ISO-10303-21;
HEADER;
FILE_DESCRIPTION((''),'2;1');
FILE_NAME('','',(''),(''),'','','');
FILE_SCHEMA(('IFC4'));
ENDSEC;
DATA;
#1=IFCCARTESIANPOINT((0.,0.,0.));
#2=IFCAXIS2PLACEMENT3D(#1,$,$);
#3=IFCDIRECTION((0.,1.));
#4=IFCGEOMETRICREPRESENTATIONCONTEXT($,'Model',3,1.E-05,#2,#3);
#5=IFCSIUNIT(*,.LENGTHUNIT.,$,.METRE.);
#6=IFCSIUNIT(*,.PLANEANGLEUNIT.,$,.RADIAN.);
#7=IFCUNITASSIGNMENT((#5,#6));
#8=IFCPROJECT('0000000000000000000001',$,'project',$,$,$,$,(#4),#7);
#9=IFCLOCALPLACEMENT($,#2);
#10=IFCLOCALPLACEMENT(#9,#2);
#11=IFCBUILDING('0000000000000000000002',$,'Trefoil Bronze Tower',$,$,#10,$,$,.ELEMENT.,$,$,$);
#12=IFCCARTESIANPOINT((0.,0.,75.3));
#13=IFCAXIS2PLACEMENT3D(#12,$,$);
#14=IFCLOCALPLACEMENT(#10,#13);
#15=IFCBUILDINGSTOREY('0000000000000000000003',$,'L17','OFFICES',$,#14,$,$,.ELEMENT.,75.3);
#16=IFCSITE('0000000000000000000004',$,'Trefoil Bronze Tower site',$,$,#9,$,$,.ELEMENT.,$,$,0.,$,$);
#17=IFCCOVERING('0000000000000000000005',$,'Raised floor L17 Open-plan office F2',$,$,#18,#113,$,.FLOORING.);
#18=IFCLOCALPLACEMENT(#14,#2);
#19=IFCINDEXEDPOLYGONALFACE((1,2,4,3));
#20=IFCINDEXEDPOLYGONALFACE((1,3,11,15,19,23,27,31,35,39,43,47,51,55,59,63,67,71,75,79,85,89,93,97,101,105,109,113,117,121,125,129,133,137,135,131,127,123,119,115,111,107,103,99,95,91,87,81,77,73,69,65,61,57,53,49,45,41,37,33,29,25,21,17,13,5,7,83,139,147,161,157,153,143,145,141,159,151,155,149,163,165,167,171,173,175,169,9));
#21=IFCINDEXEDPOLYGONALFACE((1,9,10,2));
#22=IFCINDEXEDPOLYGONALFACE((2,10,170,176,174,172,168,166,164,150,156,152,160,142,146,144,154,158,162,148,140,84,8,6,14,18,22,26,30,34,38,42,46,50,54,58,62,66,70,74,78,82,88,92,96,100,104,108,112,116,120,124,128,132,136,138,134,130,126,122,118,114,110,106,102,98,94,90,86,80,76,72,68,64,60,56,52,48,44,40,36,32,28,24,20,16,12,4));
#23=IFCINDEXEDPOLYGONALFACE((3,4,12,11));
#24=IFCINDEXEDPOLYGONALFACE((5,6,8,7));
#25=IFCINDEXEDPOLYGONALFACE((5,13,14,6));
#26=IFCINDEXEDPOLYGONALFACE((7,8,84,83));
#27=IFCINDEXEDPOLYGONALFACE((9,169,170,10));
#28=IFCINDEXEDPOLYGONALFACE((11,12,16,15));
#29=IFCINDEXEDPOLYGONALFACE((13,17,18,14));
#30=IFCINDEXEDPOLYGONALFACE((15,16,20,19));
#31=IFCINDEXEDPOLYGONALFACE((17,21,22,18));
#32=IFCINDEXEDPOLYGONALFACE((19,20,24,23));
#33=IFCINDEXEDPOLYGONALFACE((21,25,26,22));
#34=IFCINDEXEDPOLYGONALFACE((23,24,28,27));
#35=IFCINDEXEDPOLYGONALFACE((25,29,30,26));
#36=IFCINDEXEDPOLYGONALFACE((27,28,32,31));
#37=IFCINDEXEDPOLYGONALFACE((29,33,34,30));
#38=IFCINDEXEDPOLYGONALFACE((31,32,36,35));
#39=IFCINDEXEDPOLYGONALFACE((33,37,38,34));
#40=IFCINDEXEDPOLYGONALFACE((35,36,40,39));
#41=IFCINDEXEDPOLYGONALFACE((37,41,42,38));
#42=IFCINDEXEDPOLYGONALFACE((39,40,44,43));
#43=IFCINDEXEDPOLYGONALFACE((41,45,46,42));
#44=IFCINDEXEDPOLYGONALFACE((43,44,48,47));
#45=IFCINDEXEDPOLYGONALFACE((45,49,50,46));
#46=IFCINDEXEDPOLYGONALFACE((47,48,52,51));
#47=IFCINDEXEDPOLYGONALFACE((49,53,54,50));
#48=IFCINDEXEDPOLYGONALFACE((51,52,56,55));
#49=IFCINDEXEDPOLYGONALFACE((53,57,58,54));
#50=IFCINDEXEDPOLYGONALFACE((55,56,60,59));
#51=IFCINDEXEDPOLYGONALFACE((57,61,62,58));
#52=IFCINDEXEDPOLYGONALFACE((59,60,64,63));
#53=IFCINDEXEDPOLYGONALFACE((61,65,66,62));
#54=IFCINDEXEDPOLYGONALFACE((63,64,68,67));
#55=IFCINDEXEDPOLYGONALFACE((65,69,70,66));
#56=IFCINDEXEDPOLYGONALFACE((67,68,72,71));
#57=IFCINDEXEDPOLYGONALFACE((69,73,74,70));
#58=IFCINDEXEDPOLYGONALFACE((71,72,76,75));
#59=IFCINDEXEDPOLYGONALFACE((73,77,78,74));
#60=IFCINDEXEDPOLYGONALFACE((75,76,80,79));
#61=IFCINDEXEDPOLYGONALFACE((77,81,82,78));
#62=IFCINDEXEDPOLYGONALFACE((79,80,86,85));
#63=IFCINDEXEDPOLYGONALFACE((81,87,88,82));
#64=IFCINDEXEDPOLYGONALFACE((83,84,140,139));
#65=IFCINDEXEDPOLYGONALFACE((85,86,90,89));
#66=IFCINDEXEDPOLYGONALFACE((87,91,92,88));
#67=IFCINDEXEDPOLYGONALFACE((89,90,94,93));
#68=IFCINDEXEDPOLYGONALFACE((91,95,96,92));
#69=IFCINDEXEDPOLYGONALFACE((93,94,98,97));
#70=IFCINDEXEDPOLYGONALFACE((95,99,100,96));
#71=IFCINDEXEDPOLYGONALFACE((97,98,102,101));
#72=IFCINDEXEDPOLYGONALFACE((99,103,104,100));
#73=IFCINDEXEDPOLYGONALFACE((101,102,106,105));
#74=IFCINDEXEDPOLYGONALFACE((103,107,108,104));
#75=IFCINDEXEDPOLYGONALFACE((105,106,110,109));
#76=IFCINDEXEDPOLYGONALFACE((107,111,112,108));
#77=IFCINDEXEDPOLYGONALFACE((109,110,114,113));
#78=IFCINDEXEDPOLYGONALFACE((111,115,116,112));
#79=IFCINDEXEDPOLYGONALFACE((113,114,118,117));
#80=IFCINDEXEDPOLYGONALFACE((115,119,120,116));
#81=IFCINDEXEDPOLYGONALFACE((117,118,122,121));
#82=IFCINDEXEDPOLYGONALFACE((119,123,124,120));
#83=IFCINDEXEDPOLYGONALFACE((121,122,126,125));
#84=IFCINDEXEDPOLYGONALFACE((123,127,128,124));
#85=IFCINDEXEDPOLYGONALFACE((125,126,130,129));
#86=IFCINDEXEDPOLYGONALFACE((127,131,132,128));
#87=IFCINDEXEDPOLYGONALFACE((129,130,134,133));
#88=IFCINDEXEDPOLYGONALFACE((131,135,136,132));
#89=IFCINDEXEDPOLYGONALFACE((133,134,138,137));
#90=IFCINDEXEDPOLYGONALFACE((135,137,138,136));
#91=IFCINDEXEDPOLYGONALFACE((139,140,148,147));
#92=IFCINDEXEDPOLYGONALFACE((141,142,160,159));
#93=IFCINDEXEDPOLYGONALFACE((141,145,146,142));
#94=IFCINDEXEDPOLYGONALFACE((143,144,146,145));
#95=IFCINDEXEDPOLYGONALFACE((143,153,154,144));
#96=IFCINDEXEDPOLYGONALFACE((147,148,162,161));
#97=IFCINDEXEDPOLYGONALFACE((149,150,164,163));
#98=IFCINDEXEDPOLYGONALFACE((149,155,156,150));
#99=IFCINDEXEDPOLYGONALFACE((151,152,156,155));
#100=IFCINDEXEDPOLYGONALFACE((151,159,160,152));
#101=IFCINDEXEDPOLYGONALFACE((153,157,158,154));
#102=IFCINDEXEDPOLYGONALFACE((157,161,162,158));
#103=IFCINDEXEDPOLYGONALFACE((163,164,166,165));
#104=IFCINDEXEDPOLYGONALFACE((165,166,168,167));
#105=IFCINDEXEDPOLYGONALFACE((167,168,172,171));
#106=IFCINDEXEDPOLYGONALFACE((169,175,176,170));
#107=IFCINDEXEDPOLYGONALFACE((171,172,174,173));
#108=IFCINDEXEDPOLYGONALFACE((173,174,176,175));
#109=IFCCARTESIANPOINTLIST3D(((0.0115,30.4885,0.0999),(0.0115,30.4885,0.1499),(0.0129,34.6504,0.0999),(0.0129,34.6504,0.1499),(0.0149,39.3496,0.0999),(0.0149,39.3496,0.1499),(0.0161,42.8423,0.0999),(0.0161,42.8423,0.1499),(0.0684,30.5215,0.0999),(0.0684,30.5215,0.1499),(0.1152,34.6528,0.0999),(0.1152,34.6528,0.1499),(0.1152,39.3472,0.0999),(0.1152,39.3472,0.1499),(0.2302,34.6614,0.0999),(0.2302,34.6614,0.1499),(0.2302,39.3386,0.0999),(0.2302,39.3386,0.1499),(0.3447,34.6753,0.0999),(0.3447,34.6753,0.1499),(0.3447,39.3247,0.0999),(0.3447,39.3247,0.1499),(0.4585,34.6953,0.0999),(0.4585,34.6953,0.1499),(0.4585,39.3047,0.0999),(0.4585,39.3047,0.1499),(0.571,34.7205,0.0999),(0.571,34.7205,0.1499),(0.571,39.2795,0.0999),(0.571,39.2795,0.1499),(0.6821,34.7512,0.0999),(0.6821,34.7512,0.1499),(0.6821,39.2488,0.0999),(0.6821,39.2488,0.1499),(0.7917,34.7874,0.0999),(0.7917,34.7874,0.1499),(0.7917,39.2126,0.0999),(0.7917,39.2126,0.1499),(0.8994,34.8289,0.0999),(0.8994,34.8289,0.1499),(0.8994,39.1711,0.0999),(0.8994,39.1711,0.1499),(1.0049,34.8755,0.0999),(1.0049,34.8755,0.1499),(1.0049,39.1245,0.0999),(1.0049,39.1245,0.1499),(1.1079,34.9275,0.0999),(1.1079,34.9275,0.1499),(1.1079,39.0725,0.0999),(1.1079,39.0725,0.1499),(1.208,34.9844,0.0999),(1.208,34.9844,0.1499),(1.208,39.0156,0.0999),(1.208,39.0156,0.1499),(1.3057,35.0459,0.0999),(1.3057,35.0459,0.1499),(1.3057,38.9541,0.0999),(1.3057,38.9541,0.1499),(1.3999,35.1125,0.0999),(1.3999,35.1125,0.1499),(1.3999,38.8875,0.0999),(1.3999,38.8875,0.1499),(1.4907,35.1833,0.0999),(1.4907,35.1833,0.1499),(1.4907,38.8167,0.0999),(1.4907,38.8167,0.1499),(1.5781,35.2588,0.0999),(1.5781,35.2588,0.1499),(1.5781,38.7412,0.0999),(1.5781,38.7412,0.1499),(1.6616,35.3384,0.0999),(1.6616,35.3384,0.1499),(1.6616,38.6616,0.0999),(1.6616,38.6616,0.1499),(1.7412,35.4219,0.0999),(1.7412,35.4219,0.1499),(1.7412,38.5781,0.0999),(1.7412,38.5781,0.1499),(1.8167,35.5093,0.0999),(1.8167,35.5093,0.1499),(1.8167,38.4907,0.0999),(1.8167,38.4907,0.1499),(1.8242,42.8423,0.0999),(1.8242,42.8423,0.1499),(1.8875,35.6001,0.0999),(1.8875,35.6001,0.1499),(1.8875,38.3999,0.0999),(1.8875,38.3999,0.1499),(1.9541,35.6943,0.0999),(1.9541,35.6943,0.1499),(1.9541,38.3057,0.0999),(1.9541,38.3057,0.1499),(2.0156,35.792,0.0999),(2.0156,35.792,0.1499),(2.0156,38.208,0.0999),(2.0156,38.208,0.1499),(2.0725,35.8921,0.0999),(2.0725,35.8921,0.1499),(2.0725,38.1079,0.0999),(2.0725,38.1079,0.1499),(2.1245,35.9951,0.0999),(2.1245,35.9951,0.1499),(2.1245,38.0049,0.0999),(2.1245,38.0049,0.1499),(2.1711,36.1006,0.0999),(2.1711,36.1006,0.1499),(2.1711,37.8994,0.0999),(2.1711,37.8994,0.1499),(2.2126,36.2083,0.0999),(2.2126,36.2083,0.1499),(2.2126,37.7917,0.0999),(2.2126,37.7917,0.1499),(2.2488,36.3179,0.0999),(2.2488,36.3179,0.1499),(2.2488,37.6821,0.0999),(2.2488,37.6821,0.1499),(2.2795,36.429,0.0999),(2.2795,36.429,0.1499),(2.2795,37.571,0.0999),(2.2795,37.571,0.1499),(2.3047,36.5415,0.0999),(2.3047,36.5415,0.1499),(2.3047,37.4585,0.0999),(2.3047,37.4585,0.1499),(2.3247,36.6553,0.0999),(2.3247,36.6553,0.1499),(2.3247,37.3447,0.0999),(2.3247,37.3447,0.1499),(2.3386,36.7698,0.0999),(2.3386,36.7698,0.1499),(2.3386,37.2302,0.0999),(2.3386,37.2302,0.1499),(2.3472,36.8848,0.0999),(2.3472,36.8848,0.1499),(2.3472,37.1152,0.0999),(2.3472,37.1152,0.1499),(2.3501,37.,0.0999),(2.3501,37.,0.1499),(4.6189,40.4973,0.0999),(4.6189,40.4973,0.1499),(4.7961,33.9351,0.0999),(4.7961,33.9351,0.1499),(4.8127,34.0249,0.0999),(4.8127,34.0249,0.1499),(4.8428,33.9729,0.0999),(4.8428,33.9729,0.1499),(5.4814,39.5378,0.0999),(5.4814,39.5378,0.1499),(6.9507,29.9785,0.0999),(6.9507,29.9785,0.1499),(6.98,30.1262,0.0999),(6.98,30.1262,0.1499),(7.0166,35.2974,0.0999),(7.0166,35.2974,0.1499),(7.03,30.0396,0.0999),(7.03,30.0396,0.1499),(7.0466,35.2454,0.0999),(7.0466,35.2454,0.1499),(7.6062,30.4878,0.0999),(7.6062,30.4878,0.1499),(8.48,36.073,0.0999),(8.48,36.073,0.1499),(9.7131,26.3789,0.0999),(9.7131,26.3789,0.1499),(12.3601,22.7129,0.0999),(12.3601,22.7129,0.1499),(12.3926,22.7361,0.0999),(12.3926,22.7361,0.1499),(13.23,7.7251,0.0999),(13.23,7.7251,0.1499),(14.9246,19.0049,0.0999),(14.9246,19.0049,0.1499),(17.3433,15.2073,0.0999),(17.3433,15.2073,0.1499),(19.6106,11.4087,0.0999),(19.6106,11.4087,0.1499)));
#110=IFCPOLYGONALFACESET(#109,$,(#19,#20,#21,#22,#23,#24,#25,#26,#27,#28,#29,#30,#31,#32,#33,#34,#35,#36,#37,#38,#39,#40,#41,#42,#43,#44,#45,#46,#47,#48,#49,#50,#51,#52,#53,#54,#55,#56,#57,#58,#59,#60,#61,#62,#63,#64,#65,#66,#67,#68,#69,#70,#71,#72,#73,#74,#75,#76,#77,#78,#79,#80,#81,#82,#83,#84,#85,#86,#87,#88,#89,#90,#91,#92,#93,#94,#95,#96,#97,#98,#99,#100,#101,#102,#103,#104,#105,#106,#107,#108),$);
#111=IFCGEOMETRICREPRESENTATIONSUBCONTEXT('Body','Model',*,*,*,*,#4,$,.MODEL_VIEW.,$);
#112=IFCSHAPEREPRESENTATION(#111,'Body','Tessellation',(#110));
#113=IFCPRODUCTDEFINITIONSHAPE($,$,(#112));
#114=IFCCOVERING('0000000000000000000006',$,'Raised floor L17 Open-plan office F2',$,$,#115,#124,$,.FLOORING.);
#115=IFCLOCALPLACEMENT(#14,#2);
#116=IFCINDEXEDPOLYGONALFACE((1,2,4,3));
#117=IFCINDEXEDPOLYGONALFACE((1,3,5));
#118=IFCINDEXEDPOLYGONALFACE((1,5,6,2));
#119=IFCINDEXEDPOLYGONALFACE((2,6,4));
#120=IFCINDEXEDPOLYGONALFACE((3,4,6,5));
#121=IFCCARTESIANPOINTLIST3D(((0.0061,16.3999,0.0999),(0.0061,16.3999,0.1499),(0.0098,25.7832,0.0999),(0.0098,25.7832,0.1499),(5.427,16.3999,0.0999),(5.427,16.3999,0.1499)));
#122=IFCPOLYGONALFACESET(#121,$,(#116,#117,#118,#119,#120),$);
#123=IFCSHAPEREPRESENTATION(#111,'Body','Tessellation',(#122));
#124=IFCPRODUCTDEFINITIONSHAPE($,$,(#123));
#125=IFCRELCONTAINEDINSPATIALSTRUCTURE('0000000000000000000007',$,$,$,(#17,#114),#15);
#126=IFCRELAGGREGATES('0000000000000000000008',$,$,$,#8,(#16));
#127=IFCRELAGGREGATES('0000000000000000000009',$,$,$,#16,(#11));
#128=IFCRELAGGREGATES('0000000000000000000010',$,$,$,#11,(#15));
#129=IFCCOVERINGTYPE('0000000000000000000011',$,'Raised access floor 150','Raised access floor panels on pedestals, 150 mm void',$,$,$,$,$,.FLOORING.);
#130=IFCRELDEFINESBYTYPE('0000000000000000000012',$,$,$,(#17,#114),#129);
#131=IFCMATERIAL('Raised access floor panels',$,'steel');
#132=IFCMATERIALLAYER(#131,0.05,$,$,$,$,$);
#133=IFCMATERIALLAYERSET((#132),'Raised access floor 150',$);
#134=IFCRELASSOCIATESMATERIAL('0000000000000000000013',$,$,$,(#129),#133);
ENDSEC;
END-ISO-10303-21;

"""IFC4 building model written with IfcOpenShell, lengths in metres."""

from ifc_helpers import new_model, si_unit, direction, frame, origin, place, context, subcontext, project, spatial, polyline, outline, extrude, material, layer, layer_set, type_object, element, save


model = new_model("IFC4")

# Units and contexts
model_context = context("Model", 3, precision=1e-05, world=origin(), true_north=direction((0.0, 1.0)))
body_context = subcontext(model_context, "Body", "Model", "MODEL_VIEW")
ifc_project = project(units=[si_unit("LENGTHUNIT", "METRE"), si_unit("PLANEANGLEUNIT", "RADIAN")], contexts=[model_context])

# Site, building, storey
site_placement = place(None, origin())
site = spatial("IfcSite", under=ifc_project, at=site_placement, Name="Trefoil Bronze Tower site", CompositionType="ELEMENT", RefElevation=0.0)
building_placement = place(site_placement, origin())
building = spatial("IfcBuilding", under=site, at=building_placement, Name="Trefoil Bronze Tower", CompositionType="ELEMENT")
storey_placement = place(building_placement, frame((0.0, 0.0, 75.3)))
storey = spatial("IfcBuildingStorey", under=building, at=storey_placement, Name="L17", Description="OFFICES", CompositionType="ELEMENT", Elevation=75.3)

# Coverings
ifc_material_1 = material(Name="Raised access floor panels", Category="steel")
ifc_layer_1 = layer(ifc_material_1, 0.05)
ifc_layer_set_1 = layer_set([ifc_layer_1], Name="Raised access floor 150")
covering_type_1 = type_object("IfcCoveringType", Name="Raised access floor 150", Description="Raised access floor panels on pedestals, 150 mm void", PredefinedType="FLOORING", material=ifc_layer_set_1)
covering_1_placement = place(storey_placement, frame((0.0, 0.0, 0.0999)))
element("IfcCovering", 1, at=covering_1_placement, inside=storey, type_object=covering_type_1, Name="Raised floor L17 Open-plan office F2", PredefinedType="FLOORING", context=body_context, shape_type="SweptSolid", body=[
    extrude(outline(polyline([(7.0466, 35.2454), (7.0166, 35.2974), (4.8127, 34.0249), (4.8428, 33.9729), (4.7961, 33.9351), (7.6062, 30.4878), (6.98, 30.1262), (7.03, 30.0396), (6.9507, 29.9785), (9.7131, 26.3789), (12.3601, 22.7129), (12.3926, 22.7361), (14.9246, 19.0049), (17.3433, 15.2073), (19.6106, 11.4087), (13.23, 7.7251), (0.0684, 30.5215), (0.0115, 30.4885), (0.0129, 34.6504), (0.1152, 34.6528), (0.2302, 34.6614), (0.3447, 34.6753), (0.4585, 34.6953), (0.571, 34.7205), (0.6821, 34.7512), (0.7917, 34.7874), (0.8994, 34.8289), (1.0049, 34.8755), (1.1079, 34.9275), (1.208, 34.9844), (1.3057, 35.0459), (1.3999, 35.1125), (1.4907, 35.1833), (1.5781, 35.2588), (1.6616, 35.3384), (1.7412, 35.4219), (1.8167, 35.5093), (1.8875, 35.6001), (1.9541, 35.6943), (2.0156, 35.792), (2.0725, 35.8921), (2.1245, 35.9951), (2.1711, 36.1006), (2.2126, 36.2083), (2.2488, 36.3179), (2.2795, 36.429), (2.3047, 36.5415), (2.3247, 36.6553), (2.3386, 36.7698), (2.3472, 36.8848), (2.3501, 37.0), (2.3472, 37.1152), (2.3386, 37.2302), (2.3247, 37.3447), (2.3047, 37.4585), (2.2795, 37.571), (2.2488, 37.6821), (2.2126, 37.7917), (2.1711, 37.8994), (2.1245, 38.0049), (2.0725, 38.1079), (2.0156, 38.208), (1.9541, 38.3057), (1.8875, 38.3999), (1.8167, 38.4907), (1.7412, 38.5781), (1.6616, 38.6616), (1.5781, 38.7412), (1.4907, 38.8167), (1.3999, 38.8875), (1.3057, 38.9541), (1.208, 39.0156), (1.1079, 39.0725), (1.0049, 39.1245), (0.8994, 39.1711), (0.7917, 39.2126), (0.6821, 39.2488), (0.571, 39.2795), (0.4585, 39.3047), (0.3447, 39.3247), (0.2302, 39.3386), (0.1152, 39.3472), (0.0149, 39.3496), (0.0161, 42.8423), (1.8242, 42.8423), (4.6189, 40.4973), (5.4814, 39.5378), (8.48, 36.073), (7.0466, 35.2454)])), origin(), (0.0, 0.0, 1.0), 0.05),
])
covering_2_placement = place(storey_placement, frame((0.0, 0.0, 0.0999)))
element("IfcCovering", 2, at=covering_2_placement, inside=storey, type_object=covering_type_1, Name="Raised floor L17 Open-plan office F2", PredefinedType="FLOORING", context=body_context, shape_type="SweptSolid", body=[
    extrude(outline(polyline([(0.0061, 16.3999), (0.0098, 25.7832), (5.427, 16.3999), (0.0061, 16.3999)])), origin(), (0.0, 0.0, 1.0), 0.05),
])

save(model, "model.ifc")
